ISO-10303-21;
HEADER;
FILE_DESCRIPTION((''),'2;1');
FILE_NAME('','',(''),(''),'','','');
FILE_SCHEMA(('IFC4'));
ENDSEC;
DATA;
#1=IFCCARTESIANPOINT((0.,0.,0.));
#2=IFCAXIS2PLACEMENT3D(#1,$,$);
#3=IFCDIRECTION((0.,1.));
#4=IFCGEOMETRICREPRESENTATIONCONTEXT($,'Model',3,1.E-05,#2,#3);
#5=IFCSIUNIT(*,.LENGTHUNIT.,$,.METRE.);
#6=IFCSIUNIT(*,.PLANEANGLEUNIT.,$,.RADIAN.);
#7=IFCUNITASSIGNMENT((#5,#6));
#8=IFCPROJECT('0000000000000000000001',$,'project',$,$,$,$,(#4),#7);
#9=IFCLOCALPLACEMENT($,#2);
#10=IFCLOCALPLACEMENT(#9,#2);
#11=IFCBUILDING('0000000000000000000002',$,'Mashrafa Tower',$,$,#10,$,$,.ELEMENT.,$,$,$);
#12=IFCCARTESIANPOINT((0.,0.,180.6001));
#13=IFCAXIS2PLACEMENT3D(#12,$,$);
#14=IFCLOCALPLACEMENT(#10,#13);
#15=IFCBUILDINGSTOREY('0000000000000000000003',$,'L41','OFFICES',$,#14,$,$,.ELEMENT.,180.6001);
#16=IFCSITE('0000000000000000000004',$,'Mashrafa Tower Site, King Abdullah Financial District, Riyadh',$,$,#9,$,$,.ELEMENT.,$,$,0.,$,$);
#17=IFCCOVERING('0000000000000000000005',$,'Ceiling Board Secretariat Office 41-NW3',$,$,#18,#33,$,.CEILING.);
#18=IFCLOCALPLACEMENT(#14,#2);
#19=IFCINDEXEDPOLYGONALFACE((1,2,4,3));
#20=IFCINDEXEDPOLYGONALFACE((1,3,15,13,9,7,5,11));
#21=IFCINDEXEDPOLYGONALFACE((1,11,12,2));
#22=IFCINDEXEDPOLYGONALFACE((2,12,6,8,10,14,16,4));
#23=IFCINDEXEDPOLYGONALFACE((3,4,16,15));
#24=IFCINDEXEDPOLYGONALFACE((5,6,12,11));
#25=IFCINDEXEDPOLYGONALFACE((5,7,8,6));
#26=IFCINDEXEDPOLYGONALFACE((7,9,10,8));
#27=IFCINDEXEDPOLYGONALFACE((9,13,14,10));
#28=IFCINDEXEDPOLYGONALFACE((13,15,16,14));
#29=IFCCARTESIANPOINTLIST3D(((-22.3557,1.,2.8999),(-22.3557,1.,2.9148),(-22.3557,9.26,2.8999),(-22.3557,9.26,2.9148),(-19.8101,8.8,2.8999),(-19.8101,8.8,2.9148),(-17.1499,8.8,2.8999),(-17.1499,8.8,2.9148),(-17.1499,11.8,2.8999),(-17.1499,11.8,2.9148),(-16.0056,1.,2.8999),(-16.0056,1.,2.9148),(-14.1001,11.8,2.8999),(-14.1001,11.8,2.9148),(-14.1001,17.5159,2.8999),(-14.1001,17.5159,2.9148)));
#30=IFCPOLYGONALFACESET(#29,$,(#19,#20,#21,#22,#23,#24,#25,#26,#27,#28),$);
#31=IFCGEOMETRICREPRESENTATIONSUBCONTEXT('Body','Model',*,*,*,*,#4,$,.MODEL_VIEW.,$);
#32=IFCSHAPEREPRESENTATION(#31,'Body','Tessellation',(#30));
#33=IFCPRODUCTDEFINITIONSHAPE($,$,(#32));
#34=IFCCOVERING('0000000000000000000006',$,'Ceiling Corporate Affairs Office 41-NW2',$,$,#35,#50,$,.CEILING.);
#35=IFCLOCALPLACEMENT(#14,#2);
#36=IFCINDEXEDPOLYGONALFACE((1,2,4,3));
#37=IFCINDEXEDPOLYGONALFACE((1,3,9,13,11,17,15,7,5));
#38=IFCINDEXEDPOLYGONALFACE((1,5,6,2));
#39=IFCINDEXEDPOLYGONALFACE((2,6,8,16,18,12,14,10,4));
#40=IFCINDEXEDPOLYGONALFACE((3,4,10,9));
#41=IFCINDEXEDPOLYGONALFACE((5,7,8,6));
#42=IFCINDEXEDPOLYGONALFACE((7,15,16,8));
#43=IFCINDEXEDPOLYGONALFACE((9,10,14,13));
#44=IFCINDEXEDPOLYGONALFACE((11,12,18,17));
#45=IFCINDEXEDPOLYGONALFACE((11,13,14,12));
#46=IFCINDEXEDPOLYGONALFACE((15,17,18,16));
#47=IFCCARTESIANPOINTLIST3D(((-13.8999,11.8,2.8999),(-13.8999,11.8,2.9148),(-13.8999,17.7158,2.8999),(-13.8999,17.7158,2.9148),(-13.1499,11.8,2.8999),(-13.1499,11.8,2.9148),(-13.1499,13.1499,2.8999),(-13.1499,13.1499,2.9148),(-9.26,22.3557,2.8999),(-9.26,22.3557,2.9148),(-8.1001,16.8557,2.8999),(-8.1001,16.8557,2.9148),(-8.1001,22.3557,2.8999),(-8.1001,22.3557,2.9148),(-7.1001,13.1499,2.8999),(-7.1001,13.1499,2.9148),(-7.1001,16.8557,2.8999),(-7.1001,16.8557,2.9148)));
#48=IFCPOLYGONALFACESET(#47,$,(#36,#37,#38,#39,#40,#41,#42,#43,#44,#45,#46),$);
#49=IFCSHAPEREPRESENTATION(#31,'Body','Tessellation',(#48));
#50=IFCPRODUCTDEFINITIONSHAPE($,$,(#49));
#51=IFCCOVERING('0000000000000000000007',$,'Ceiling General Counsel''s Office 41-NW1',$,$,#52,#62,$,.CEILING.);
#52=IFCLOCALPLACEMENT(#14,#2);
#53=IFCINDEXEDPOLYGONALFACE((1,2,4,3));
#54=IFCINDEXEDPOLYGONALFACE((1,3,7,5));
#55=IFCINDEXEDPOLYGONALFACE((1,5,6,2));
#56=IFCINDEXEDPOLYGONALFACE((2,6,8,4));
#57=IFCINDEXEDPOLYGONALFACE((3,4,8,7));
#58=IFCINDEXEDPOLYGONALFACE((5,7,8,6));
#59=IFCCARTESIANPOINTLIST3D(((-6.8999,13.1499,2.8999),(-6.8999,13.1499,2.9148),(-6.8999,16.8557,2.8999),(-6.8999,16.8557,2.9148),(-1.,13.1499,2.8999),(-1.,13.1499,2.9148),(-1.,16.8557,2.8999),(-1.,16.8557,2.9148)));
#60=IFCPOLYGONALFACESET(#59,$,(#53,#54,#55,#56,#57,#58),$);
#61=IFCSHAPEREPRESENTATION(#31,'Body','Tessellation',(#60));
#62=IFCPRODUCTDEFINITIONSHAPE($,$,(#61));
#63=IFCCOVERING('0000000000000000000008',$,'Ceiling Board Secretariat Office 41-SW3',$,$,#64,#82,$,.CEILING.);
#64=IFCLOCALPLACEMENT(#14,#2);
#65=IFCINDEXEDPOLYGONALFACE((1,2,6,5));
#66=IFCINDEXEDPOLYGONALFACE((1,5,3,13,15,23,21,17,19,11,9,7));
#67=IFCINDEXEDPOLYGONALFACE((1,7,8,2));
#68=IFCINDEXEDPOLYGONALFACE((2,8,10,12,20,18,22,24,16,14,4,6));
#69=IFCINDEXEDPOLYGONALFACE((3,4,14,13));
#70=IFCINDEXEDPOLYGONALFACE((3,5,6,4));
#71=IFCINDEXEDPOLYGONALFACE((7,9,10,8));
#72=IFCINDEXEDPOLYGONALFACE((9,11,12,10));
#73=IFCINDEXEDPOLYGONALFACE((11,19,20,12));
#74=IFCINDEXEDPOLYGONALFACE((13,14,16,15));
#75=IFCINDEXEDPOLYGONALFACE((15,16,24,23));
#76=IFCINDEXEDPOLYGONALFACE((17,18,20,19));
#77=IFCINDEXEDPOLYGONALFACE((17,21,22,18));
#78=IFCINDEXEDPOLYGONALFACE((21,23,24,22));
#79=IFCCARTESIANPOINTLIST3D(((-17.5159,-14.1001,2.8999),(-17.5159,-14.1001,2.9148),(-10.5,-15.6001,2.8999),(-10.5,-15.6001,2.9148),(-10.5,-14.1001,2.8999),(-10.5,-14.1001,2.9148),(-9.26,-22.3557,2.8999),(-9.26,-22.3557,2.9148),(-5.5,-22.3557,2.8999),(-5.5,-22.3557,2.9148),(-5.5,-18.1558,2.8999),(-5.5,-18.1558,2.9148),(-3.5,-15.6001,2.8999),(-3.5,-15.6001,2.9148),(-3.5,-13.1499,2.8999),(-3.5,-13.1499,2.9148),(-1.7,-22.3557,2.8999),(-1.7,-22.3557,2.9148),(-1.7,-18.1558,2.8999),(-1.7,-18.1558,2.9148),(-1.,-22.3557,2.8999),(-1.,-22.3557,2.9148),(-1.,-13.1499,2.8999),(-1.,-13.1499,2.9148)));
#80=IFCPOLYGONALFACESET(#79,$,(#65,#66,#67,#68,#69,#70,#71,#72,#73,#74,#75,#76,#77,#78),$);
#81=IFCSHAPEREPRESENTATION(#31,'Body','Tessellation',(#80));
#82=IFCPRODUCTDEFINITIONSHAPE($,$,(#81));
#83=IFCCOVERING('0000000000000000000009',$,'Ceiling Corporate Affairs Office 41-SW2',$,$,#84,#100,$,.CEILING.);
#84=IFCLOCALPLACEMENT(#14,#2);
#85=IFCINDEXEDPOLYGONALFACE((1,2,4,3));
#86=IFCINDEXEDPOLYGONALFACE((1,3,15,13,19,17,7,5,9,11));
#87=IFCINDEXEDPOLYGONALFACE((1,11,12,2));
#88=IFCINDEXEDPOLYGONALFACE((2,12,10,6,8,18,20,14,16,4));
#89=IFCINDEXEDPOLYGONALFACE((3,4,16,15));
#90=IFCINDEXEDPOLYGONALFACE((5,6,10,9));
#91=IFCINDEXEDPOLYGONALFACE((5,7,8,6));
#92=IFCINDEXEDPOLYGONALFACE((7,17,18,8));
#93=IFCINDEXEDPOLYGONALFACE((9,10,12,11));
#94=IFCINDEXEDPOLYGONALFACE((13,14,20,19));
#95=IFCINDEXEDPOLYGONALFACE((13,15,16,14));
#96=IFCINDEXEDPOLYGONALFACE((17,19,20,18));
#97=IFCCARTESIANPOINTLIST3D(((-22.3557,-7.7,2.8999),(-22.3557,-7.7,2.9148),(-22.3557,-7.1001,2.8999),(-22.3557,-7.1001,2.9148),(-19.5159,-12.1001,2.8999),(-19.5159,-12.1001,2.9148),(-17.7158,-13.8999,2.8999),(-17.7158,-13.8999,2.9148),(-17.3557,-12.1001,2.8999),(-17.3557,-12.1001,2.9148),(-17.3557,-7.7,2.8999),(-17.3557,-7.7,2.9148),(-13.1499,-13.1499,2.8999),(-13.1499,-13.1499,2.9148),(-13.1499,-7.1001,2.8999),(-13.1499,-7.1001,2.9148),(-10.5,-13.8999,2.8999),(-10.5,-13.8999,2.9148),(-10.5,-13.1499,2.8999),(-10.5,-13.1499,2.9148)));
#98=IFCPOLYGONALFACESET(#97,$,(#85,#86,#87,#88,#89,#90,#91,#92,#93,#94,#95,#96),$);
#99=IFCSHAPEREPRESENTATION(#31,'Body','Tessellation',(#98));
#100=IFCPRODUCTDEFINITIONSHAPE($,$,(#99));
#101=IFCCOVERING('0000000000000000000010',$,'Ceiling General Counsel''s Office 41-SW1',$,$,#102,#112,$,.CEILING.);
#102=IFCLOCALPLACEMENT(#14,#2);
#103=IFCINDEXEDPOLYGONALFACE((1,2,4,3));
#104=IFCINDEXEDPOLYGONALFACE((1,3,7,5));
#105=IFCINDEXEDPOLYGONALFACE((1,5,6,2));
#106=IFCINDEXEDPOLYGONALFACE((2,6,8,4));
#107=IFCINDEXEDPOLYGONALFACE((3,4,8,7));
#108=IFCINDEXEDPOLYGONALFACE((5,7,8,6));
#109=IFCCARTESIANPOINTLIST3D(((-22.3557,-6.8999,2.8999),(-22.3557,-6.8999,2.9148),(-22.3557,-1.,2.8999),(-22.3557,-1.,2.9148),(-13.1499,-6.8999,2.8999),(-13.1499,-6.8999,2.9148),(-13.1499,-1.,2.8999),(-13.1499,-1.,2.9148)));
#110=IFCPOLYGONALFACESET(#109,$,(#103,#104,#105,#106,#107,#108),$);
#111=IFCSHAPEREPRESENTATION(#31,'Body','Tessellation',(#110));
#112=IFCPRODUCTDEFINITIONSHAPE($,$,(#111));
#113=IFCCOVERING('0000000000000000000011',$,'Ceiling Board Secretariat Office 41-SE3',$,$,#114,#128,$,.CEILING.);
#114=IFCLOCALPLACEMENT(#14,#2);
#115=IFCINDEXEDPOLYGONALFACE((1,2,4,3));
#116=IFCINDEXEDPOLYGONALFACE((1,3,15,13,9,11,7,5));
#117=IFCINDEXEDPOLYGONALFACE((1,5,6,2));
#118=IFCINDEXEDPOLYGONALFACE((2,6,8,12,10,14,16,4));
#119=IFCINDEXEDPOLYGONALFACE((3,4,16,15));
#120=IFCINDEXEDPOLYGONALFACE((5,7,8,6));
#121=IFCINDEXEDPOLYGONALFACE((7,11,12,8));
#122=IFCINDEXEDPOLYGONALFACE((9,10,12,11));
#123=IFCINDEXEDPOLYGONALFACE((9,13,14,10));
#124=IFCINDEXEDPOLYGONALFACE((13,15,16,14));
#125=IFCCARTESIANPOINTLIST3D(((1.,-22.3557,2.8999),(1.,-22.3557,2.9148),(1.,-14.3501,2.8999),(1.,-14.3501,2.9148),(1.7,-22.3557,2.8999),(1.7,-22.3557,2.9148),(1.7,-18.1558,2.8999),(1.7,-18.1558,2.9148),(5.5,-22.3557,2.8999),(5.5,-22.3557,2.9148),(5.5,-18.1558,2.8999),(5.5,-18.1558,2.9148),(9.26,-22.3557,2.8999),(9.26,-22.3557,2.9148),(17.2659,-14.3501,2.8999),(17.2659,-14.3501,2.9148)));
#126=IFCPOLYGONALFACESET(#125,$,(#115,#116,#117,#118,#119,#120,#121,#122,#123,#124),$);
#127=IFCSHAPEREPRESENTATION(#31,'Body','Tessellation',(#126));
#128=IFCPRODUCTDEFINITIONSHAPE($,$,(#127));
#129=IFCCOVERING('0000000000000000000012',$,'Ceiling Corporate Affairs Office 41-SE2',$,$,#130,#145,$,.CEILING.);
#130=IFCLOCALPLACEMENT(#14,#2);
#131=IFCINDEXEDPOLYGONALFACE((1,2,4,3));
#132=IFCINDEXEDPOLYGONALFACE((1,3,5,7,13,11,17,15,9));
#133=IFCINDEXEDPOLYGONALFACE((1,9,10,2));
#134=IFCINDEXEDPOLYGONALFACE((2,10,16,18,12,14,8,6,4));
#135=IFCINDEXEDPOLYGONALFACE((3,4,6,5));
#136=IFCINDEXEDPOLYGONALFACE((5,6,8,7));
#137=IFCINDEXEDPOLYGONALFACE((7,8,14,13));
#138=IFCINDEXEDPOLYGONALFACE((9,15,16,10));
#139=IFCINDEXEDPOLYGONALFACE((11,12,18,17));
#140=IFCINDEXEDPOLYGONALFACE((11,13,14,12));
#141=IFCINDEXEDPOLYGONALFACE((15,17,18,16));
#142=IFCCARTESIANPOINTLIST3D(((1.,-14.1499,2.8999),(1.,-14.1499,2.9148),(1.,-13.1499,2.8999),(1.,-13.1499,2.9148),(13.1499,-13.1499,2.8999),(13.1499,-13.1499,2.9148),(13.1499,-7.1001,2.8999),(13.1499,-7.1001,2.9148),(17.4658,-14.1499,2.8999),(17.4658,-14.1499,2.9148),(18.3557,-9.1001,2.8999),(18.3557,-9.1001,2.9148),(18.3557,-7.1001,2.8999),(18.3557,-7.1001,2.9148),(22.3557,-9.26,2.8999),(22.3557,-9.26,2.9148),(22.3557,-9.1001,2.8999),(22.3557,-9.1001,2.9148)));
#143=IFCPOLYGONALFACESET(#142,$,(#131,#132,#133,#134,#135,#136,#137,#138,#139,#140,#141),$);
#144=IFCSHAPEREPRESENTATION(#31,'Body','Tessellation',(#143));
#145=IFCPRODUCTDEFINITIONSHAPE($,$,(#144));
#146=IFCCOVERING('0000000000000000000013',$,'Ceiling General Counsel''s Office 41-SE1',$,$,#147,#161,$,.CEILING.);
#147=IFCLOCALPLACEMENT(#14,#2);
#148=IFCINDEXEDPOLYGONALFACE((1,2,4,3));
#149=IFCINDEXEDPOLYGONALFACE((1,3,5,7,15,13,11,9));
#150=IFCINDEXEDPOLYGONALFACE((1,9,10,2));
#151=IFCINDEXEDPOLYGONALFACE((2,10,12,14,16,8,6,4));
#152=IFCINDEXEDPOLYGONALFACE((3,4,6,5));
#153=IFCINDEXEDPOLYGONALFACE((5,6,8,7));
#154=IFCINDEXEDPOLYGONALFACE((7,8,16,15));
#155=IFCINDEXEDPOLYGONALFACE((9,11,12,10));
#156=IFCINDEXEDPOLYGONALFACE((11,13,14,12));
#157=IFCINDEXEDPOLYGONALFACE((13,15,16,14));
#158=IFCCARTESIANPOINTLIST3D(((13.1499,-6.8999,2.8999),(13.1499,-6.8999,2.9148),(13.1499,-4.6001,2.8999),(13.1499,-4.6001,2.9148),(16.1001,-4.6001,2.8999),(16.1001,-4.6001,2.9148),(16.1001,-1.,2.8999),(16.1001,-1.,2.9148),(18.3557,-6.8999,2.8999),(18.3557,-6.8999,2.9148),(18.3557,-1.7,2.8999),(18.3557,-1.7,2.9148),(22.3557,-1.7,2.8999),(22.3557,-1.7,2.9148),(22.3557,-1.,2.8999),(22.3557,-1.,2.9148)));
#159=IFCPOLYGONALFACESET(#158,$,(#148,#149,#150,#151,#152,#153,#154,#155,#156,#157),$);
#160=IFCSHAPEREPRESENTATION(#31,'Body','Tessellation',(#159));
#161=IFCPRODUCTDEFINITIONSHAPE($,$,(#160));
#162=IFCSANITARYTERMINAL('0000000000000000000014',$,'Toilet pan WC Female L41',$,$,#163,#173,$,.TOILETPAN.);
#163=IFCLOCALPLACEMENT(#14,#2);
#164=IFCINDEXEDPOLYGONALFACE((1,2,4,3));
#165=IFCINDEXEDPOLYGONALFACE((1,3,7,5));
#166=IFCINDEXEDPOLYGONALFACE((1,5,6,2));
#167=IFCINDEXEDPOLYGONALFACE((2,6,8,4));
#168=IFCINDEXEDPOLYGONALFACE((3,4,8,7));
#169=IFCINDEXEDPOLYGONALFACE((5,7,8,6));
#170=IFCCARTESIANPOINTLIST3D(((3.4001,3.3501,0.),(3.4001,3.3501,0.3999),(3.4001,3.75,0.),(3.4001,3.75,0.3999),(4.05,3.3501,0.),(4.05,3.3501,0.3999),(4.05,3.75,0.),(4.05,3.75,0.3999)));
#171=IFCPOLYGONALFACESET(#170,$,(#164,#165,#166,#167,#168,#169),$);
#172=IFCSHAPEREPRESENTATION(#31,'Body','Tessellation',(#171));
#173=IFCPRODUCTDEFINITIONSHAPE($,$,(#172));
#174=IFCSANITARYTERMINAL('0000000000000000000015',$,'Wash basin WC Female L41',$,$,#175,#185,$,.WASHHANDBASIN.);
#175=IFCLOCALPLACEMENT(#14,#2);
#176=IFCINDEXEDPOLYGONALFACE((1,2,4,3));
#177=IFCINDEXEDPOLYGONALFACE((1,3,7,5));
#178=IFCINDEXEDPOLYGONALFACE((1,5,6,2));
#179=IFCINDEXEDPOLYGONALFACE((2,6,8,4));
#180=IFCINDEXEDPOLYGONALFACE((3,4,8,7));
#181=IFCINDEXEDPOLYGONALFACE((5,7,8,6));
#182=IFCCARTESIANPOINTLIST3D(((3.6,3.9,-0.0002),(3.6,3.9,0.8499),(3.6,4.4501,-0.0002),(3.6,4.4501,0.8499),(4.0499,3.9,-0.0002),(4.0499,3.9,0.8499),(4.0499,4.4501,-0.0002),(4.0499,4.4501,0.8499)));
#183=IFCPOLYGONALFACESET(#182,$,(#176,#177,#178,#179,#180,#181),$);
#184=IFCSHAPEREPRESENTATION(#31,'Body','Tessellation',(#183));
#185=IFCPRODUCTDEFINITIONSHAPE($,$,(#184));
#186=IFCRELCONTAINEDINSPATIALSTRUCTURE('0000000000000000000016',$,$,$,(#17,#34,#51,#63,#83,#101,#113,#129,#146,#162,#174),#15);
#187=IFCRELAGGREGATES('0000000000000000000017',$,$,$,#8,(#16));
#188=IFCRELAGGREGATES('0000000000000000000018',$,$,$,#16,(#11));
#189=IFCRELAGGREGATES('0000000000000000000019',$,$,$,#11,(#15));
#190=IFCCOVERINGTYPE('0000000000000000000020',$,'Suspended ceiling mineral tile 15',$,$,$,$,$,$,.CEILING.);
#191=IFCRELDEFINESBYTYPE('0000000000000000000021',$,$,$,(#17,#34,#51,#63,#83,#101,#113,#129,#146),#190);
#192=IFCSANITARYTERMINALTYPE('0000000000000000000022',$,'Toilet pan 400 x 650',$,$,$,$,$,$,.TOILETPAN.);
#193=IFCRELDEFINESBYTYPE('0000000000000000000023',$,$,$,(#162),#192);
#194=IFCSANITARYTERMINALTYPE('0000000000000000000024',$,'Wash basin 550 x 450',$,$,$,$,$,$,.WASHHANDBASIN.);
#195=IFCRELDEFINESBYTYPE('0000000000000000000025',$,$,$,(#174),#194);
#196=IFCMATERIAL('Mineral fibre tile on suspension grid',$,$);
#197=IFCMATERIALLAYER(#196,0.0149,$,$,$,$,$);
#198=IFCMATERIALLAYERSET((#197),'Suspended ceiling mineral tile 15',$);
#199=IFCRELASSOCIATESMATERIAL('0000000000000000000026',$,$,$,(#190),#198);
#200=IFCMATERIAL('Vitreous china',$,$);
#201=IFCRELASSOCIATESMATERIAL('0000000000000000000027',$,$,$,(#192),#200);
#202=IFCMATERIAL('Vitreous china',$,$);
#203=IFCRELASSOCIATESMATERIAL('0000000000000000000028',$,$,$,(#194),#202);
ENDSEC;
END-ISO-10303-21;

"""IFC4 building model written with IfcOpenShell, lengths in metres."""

from ifc_helpers import new_model, si_unit, direction, frame, origin, origin_2d, place, context, subcontext, project, spatial, polyline, rectangle, outline, extrude, material, layer, layer_set, type_object, element, save


model = new_model("IFC4")

# Units and contexts
model_context = context("Model", 3, precision=1e-05, world=origin(), true_north=direction((0.0, 1.0)))
body_context = subcontext(model_context, "Body", "Model", "MODEL_VIEW")
ifc_project = project(units=[si_unit("LENGTHUNIT", "METRE"), si_unit("PLANEANGLEUNIT", "RADIAN")], contexts=[model_context])

# Site, building, storey
site_placement = place(None, origin())
site = spatial("IfcSite", under=ifc_project, at=site_placement, Name="Mashrafa Tower Site, King Abdullah Financial District, Riyadh", CompositionType="ELEMENT", RefElevation=0.0)
building_placement = place(site_placement, origin())
building = spatial("IfcBuilding", under=site, at=building_placement, Name="Mashrafa Tower", CompositionType="ELEMENT")
storey_placement = place(building_placement, frame((0.0, 0.0, 180.6001)))
storey = spatial("IfcBuildingStorey", under=building, at=storey_placement, Name="L41", Description="OFFICES", CompositionType="ELEMENT", Elevation=180.6001)

# Coverings
ifc_material_1 = material(Name="Mineral fibre tile on suspension grid")
ifc_layer_1 = layer(ifc_material_1, 0.0149)
ifc_layer_set_1 = layer_set([ifc_layer_1], Name="Suspended ceiling mineral tile 15")
covering_type = type_object("IfcCoveringType", Name="Suspended ceiling mineral tile 15", PredefinedType="CEILING", material=ifc_layer_set_1)
covering_1_placement = place(storey_placement, frame((0.0, 0.0, 2.8999)))
element("IfcCovering", 1, at=covering_1_placement, inside=storey, type_object=covering_type, Name="Ceiling Board Secretariat Office 41-NW3", PredefinedType="CEILING", context=body_context, shape_type="SweptSolid", body=[
    extrude(outline(polyline([(-22.3557, 1.0), (-22.3557, 9.26), (-14.1001, 17.5159), (-14.1001, 11.8), (-17.1499, 11.8), (-17.1499, 8.8), (-19.8101, 8.8), (-16.0056, 1.0), (-22.3557, 1.0)])), origin(), (0.0, 0.0, 1.0), 0.0149),
])
covering_2_placement = place(storey_placement, frame((0.0, 0.0, 2.8999)))
element("IfcCovering", 2, at=covering_2_placement, inside=storey, type_object=covering_type, Name="Ceiling Corporate Affairs Office 41-NW2", PredefinedType="CEILING", context=body_context, shape_type="SweptSolid", body=[
    extrude(outline(polyline([(-13.8999, 11.8), (-13.8999, 17.7158), (-9.26, 22.3557), (-8.1001, 22.3557), (-8.1001, 16.8557), (-7.1001, 16.8557), (-7.1001, 13.1499), (-13.1499, 13.1499), (-13.1499, 11.8), (-13.8999, 11.8)])), origin(), (0.0, 0.0, 1.0), 0.0149),
])
covering_3_placement = place(storey_placement, frame((0.0, 0.0, 2.8999)))
element("IfcCovering", 3, at=covering_3_placement, inside=storey, type_object=covering_type, Name="Ceiling General Counsel's Office 41-NW1", PredefinedType="CEILING", context=body_context, shape_type="SweptSolid", body=[
    extrude(outline(polyline([(-6.8999, 13.1499), (-6.8999, 16.8557), (-1.0, 16.8557), (-1.0, 13.1499), (-6.8999, 13.1499)])), origin(), (0.0, 0.0, 1.0), 0.0149),
])
covering_4_placement = place(storey_placement, frame((0.0, 0.0, 2.8999)))
element("IfcCovering", 4, at=covering_4_placement, inside=storey, type_object=covering_type, Name="Ceiling Board Secretariat Office 41-SW3", PredefinedType="CEILING", context=body_context, shape_type="SweptSolid", body=[
    extrude(outline(polyline([(-1.0, -22.3557), (-1.7, -22.3557), (-1.7, -18.1558), (-5.5, -18.1558), (-5.5, -22.3557), (-9.26, -22.3557), (-17.5159, -14.1001), (-10.5, -14.1001), (-10.5, -15.6001), (-3.5, -15.6001), (-3.5, -13.1499), (-1.0, -13.1499), (-1.0, -22.3557)])), origin(), (0.0, 0.0, 1.0), 0.0149),
])
covering_5_placement = place(storey_placement, frame((0.0, 0.0, 2.8999)))
element("IfcCovering", 5, at=covering_5_placement, inside=storey, type_object=covering_type, Name="Ceiling Corporate Affairs Office 41-SW2", PredefinedType="CEILING", context=body_context, shape_type="SweptSolid", body=[
    extrude(outline(polyline([(-10.5, -13.8999), (-17.7158, -13.8999), (-19.5159, -12.1001), (-17.3557, -12.1001), (-17.3557, -7.7), (-22.3557, -7.7), (-22.3557, -7.1001), (-13.1499, -7.1001), (-13.1499, -13.1499), (-10.5, -13.1499), (-10.5, -13.8999)])), origin(), (0.0, 0.0, 1.0), 0.0149),
])
covering_6_placement = place(storey_placement, frame((0.0, 0.0, 2.8999)))
element("IfcCovering", 6, at=covering_6_placement, inside=storey, type_object=covering_type, Name="Ceiling General Counsel's Office 41-SW1", PredefinedType="CEILING", context=body_context, shape_type="SweptSolid", body=[
    extrude(outline(polyline([(-22.3557, -6.8999), (-22.3557, -1.0), (-13.1499, -1.0), (-13.1499, -6.8999), (-22.3557, -6.8999)])), origin(), (0.0, 0.0, 1.0), 0.0149),
])
covering_7_placement = place(storey_placement, frame((0.0, 0.0, 2.8999)))
element("IfcCovering", 7, at=covering_7_placement, inside=storey, type_object=covering_type, Name="Ceiling Board Secretariat Office 41-SE3", PredefinedType="CEILING", context=body_context, shape_type="SweptSolid", body=[
    extrude(outline(polyline([(1.0, -14.3501), (17.2659, -14.3501), (9.26, -22.3557), (5.5, -22.3557), (5.5, -18.1558), (1.7, -18.1558), (1.7, -22.3557), (1.0, -22.3557), (1.0, -14.3501)])), origin(), (0.0, 0.0, 1.0), 0.0149),
])
covering_8_placement = place(storey_placement, frame((0.0, 0.0, 2.8999)))
element("IfcCovering", 8, at=covering_8_placement, inside=storey, type_object=covering_type, Name="Ceiling Corporate Affairs Office 41-SE2", PredefinedType="CEILING", context=body_context, shape_type="SweptSolid", body=[
    extrude(outline(polyline([(13.1499, -7.1001), (18.3557, -7.1001), (18.3557, -9.1001), (22.3557, -9.1001), (22.3557, -9.26), (17.4658, -14.1499), (1.0, -14.1499), (1.0, -13.1499), (13.1499, -13.1499), (13.1499, -7.1001)])), origin(), (0.0, 0.0, 1.0), 0.0149),
])
covering_9_placement = place(storey_placement, frame((0.0, 0.0, 2.8999)))
element("IfcCovering", 9, at=covering_9_placement, inside=storey, type_object=covering_type, Name="Ceiling General Counsel's Office 41-SE1", PredefinedType="CEILING", context=body_context, shape_type="SweptSolid", body=[
    extrude(outline(polyline([(22.3557, -1.0), (22.3557, -1.7), (18.3557, -1.7), (18.3557, -6.8999), (13.1499, -6.8999), (13.1499, -4.6001), (16.1001, -4.6001), (16.1001, -1.0), (22.3557, -1.0)])), origin(), (0.0, 0.0, 1.0), 0.0149),
])

# Sanitary terminals
ifc_material_2 = material(Name="Vitreous china")
sanitary_terminal_type_1 = type_object("IfcSanitaryTerminalType", Name="Toilet pan 400 x 650", PredefinedType="TOILETPAN", material=ifc_material_2)
sanitary_terminal_1_placement = place(storey_placement, frame((3.7251, 3.55, 0.0), z_axis=(0.0, 0.0, 1.0), x_axis=(0.0, 1.0, 0.0)))
element("IfcSanitaryTerminal", 10, at=sanitary_terminal_1_placement, inside=storey, type_object=sanitary_terminal_type_1, Name="Toilet pan WC Female L41", PredefinedType="TOILETPAN", context=body_context, shape_type="SweptSolid", body=[
    extrude(rectangle(XDim=0.3999, YDim=0.6499, at=origin_2d()), origin(), (0.0, 0.0, 1.0), 0.3999),
])
ifc_material_3 = material(Name="Vitreous china")
sanitary_terminal_type_2 = type_object("IfcSanitaryTerminalType", Name="Wash basin 550 x 450", PredefinedType="WASHHANDBASIN", material=ifc_material_3)
sanitary_terminal_2_placement = place(storey_placement, frame((3.825, 4.175, -0.0002), z_axis=(0.0, 0.0, 1.0), x_axis=(0.0, 1.0, 0.0)))
element("IfcSanitaryTerminal", 11, at=sanitary_terminal_2_placement, inside=storey, type_object=sanitary_terminal_type_2, Name="Wash basin WC Female L41", PredefinedType="WASHHANDBASIN", context=body_context, shape_type="SweptSolid", body=[
    extrude(rectangle(XDim=0.55, YDim=0.45, at=origin_2d()), origin(), (0.0, 0.0, 1.0), 0.8501),
])

save(model, "model.ifc")
